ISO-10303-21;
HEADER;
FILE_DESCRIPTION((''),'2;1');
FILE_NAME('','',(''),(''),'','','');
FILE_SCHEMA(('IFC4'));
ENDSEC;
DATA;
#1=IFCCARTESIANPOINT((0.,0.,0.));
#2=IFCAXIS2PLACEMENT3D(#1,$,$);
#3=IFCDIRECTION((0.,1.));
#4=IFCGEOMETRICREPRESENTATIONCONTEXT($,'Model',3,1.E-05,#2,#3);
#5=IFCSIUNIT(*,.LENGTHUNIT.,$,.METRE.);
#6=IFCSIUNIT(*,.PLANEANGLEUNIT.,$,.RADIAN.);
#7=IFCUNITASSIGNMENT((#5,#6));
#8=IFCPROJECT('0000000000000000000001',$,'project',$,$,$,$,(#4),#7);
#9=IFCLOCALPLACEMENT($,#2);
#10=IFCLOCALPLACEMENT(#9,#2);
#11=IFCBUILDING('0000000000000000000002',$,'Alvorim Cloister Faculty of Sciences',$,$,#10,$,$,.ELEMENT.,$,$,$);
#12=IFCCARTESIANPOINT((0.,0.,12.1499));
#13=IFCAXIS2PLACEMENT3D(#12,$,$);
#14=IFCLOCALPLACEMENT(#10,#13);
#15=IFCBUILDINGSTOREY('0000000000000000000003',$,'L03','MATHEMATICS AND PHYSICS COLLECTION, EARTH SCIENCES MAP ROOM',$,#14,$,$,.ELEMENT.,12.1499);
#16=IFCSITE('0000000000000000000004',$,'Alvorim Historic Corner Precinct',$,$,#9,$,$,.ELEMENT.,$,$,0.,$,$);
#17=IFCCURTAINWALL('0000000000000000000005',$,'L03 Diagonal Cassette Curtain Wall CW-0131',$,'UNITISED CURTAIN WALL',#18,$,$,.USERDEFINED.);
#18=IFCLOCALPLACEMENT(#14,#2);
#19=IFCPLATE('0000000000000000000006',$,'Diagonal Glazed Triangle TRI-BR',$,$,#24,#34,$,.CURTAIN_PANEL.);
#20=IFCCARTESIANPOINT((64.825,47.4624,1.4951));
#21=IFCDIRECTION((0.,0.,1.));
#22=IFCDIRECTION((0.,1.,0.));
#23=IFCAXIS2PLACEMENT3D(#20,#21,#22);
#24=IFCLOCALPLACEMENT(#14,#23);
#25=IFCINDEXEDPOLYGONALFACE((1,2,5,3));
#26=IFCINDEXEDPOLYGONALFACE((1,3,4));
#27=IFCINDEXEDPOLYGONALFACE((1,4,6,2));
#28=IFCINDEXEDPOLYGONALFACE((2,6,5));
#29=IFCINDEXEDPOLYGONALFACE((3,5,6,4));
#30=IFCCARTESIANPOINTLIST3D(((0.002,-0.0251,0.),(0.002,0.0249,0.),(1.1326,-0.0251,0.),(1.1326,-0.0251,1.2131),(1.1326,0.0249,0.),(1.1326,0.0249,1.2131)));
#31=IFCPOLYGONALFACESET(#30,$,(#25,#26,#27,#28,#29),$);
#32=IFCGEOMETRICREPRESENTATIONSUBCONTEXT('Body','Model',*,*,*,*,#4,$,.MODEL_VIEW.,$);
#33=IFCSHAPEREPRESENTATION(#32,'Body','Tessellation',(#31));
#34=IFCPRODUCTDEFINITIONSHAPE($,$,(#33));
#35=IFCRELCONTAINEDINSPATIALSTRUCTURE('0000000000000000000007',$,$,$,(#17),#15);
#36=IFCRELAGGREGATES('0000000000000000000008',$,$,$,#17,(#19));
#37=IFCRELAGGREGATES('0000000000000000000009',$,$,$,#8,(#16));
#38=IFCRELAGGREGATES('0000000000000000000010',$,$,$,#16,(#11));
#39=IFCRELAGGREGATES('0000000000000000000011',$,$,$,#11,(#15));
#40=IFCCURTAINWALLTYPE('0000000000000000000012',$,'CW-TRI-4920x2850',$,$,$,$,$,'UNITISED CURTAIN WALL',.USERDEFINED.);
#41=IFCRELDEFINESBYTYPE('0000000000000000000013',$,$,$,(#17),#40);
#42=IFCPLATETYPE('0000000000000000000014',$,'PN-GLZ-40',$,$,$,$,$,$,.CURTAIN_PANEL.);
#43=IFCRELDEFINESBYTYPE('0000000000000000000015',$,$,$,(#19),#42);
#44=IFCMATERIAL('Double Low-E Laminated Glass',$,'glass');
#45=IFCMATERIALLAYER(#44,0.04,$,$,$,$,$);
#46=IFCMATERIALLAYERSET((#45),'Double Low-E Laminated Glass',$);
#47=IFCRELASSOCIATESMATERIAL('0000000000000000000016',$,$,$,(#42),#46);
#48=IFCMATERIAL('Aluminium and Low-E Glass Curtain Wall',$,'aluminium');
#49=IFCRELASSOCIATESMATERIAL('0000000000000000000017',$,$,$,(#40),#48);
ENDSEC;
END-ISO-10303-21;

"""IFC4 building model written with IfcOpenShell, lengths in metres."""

from ifc_helpers import new_model, si_unit, direction, frame, origin, place, context, subcontext, project, spatial, polyline, outline, extrude, material, layer, layer_set, type_object, element, aggregate, save


model = new_model("IFC4")

# Units and contexts
model_context = context("Model", 3, precision=1e-05, world=origin(), true_north=direction((0.0, 1.0)))
body_context = subcontext(model_context, "Body", "Model", "MODEL_VIEW")
ifc_project = project(units=[si_unit("LENGTHUNIT", "METRE"), si_unit("PLANEANGLEUNIT", "RADIAN")], contexts=[model_context])

# Site, building, storey
site_placement = place(None, origin())
site = spatial("IfcSite", under=ifc_project, at=site_placement, Name="Alvorim Historic Corner Precinct", CompositionType="ELEMENT", RefElevation=0.0)
building_placement = place(site_placement, origin())
building = spatial("IfcBuilding", under=site, at=building_placement, Name="Alvorim Cloister Faculty of Sciences", CompositionType="ELEMENT")
storey_placement = place(building_placement, frame((0.0, 0.0, 12.1499)))
storey = spatial("IfcBuildingStorey", under=building, at=storey_placement, Name="L03", Description="MATHEMATICS AND PHYSICS COLLECTION, EARTH SCIENCES MAP ROOM", CompositionType="ELEMENT", Elevation=12.1499)

# Curtain wall, plate
ifc_material_1 = material(Name="Aluminium and Low-E Glass Curtain Wall", Category="aluminium")
ifc_material_2 = material(Name="Double Low-E Laminated Glass", Category="glass")
ifc_layer_1 = layer(ifc_material_2, 0.04)
ifc_layer_set_1 = layer_set([ifc_layer_1], Name="Double Low-E Laminated Glass")
plate_type = type_object("IfcPlateType", Name="PN-GLZ-40", PredefinedType="CURTAIN_PANEL", material=ifc_layer_set_1)
curtain_wall_type_1 = type_object("IfcCurtainWallType", Name="CW-TRI-4920x2850", ElementType="UNITISED CURTAIN WALL", PredefinedType="USERDEFINED", material=ifc_material_1)
curtain_wall_1_placement = place(storey_placement, origin())
curtain_wall_1 = element("IfcCurtainWall", 1, at=curtain_wall_1_placement, inside=storey, type_object=curtain_wall_type_1, Name="L03 Diagonal Cassette Curtain Wall CW-0131", ObjectType="UNITISED CURTAIN WALL", PredefinedType="USERDEFINED")
plate_1_placement = place(storey_placement, frame((64.825, 47.4624, 1.4951), z_axis=(0.0, 0.0, 1.0), x_axis=(0.0, 1.0, 0.0)))
plate_1 = element("IfcPlate", 2, at=plate_1_placement, type_object=plate_type, Name="Diagonal Glazed Triangle TRI-BR", PredefinedType="CURTAIN_PANEL", context=body_context, shape_type="SweptSolid", body=[
    extrude(outline(polyline([(0.002, 0.0), (1.1326, 0.0), (1.1326, 1.2131), (0.002, 0.0)])), frame((0.0, 0.0249, 0.0), z_axis=(0.0, -1.0, 0.0), x_axis=(1.0, 0.0, 0.0)), (0.0, 0.0, 1.0), 0.05),
])
aggregate(curtain_wall_1, [plate_1])

save(model, "model.ifc")
